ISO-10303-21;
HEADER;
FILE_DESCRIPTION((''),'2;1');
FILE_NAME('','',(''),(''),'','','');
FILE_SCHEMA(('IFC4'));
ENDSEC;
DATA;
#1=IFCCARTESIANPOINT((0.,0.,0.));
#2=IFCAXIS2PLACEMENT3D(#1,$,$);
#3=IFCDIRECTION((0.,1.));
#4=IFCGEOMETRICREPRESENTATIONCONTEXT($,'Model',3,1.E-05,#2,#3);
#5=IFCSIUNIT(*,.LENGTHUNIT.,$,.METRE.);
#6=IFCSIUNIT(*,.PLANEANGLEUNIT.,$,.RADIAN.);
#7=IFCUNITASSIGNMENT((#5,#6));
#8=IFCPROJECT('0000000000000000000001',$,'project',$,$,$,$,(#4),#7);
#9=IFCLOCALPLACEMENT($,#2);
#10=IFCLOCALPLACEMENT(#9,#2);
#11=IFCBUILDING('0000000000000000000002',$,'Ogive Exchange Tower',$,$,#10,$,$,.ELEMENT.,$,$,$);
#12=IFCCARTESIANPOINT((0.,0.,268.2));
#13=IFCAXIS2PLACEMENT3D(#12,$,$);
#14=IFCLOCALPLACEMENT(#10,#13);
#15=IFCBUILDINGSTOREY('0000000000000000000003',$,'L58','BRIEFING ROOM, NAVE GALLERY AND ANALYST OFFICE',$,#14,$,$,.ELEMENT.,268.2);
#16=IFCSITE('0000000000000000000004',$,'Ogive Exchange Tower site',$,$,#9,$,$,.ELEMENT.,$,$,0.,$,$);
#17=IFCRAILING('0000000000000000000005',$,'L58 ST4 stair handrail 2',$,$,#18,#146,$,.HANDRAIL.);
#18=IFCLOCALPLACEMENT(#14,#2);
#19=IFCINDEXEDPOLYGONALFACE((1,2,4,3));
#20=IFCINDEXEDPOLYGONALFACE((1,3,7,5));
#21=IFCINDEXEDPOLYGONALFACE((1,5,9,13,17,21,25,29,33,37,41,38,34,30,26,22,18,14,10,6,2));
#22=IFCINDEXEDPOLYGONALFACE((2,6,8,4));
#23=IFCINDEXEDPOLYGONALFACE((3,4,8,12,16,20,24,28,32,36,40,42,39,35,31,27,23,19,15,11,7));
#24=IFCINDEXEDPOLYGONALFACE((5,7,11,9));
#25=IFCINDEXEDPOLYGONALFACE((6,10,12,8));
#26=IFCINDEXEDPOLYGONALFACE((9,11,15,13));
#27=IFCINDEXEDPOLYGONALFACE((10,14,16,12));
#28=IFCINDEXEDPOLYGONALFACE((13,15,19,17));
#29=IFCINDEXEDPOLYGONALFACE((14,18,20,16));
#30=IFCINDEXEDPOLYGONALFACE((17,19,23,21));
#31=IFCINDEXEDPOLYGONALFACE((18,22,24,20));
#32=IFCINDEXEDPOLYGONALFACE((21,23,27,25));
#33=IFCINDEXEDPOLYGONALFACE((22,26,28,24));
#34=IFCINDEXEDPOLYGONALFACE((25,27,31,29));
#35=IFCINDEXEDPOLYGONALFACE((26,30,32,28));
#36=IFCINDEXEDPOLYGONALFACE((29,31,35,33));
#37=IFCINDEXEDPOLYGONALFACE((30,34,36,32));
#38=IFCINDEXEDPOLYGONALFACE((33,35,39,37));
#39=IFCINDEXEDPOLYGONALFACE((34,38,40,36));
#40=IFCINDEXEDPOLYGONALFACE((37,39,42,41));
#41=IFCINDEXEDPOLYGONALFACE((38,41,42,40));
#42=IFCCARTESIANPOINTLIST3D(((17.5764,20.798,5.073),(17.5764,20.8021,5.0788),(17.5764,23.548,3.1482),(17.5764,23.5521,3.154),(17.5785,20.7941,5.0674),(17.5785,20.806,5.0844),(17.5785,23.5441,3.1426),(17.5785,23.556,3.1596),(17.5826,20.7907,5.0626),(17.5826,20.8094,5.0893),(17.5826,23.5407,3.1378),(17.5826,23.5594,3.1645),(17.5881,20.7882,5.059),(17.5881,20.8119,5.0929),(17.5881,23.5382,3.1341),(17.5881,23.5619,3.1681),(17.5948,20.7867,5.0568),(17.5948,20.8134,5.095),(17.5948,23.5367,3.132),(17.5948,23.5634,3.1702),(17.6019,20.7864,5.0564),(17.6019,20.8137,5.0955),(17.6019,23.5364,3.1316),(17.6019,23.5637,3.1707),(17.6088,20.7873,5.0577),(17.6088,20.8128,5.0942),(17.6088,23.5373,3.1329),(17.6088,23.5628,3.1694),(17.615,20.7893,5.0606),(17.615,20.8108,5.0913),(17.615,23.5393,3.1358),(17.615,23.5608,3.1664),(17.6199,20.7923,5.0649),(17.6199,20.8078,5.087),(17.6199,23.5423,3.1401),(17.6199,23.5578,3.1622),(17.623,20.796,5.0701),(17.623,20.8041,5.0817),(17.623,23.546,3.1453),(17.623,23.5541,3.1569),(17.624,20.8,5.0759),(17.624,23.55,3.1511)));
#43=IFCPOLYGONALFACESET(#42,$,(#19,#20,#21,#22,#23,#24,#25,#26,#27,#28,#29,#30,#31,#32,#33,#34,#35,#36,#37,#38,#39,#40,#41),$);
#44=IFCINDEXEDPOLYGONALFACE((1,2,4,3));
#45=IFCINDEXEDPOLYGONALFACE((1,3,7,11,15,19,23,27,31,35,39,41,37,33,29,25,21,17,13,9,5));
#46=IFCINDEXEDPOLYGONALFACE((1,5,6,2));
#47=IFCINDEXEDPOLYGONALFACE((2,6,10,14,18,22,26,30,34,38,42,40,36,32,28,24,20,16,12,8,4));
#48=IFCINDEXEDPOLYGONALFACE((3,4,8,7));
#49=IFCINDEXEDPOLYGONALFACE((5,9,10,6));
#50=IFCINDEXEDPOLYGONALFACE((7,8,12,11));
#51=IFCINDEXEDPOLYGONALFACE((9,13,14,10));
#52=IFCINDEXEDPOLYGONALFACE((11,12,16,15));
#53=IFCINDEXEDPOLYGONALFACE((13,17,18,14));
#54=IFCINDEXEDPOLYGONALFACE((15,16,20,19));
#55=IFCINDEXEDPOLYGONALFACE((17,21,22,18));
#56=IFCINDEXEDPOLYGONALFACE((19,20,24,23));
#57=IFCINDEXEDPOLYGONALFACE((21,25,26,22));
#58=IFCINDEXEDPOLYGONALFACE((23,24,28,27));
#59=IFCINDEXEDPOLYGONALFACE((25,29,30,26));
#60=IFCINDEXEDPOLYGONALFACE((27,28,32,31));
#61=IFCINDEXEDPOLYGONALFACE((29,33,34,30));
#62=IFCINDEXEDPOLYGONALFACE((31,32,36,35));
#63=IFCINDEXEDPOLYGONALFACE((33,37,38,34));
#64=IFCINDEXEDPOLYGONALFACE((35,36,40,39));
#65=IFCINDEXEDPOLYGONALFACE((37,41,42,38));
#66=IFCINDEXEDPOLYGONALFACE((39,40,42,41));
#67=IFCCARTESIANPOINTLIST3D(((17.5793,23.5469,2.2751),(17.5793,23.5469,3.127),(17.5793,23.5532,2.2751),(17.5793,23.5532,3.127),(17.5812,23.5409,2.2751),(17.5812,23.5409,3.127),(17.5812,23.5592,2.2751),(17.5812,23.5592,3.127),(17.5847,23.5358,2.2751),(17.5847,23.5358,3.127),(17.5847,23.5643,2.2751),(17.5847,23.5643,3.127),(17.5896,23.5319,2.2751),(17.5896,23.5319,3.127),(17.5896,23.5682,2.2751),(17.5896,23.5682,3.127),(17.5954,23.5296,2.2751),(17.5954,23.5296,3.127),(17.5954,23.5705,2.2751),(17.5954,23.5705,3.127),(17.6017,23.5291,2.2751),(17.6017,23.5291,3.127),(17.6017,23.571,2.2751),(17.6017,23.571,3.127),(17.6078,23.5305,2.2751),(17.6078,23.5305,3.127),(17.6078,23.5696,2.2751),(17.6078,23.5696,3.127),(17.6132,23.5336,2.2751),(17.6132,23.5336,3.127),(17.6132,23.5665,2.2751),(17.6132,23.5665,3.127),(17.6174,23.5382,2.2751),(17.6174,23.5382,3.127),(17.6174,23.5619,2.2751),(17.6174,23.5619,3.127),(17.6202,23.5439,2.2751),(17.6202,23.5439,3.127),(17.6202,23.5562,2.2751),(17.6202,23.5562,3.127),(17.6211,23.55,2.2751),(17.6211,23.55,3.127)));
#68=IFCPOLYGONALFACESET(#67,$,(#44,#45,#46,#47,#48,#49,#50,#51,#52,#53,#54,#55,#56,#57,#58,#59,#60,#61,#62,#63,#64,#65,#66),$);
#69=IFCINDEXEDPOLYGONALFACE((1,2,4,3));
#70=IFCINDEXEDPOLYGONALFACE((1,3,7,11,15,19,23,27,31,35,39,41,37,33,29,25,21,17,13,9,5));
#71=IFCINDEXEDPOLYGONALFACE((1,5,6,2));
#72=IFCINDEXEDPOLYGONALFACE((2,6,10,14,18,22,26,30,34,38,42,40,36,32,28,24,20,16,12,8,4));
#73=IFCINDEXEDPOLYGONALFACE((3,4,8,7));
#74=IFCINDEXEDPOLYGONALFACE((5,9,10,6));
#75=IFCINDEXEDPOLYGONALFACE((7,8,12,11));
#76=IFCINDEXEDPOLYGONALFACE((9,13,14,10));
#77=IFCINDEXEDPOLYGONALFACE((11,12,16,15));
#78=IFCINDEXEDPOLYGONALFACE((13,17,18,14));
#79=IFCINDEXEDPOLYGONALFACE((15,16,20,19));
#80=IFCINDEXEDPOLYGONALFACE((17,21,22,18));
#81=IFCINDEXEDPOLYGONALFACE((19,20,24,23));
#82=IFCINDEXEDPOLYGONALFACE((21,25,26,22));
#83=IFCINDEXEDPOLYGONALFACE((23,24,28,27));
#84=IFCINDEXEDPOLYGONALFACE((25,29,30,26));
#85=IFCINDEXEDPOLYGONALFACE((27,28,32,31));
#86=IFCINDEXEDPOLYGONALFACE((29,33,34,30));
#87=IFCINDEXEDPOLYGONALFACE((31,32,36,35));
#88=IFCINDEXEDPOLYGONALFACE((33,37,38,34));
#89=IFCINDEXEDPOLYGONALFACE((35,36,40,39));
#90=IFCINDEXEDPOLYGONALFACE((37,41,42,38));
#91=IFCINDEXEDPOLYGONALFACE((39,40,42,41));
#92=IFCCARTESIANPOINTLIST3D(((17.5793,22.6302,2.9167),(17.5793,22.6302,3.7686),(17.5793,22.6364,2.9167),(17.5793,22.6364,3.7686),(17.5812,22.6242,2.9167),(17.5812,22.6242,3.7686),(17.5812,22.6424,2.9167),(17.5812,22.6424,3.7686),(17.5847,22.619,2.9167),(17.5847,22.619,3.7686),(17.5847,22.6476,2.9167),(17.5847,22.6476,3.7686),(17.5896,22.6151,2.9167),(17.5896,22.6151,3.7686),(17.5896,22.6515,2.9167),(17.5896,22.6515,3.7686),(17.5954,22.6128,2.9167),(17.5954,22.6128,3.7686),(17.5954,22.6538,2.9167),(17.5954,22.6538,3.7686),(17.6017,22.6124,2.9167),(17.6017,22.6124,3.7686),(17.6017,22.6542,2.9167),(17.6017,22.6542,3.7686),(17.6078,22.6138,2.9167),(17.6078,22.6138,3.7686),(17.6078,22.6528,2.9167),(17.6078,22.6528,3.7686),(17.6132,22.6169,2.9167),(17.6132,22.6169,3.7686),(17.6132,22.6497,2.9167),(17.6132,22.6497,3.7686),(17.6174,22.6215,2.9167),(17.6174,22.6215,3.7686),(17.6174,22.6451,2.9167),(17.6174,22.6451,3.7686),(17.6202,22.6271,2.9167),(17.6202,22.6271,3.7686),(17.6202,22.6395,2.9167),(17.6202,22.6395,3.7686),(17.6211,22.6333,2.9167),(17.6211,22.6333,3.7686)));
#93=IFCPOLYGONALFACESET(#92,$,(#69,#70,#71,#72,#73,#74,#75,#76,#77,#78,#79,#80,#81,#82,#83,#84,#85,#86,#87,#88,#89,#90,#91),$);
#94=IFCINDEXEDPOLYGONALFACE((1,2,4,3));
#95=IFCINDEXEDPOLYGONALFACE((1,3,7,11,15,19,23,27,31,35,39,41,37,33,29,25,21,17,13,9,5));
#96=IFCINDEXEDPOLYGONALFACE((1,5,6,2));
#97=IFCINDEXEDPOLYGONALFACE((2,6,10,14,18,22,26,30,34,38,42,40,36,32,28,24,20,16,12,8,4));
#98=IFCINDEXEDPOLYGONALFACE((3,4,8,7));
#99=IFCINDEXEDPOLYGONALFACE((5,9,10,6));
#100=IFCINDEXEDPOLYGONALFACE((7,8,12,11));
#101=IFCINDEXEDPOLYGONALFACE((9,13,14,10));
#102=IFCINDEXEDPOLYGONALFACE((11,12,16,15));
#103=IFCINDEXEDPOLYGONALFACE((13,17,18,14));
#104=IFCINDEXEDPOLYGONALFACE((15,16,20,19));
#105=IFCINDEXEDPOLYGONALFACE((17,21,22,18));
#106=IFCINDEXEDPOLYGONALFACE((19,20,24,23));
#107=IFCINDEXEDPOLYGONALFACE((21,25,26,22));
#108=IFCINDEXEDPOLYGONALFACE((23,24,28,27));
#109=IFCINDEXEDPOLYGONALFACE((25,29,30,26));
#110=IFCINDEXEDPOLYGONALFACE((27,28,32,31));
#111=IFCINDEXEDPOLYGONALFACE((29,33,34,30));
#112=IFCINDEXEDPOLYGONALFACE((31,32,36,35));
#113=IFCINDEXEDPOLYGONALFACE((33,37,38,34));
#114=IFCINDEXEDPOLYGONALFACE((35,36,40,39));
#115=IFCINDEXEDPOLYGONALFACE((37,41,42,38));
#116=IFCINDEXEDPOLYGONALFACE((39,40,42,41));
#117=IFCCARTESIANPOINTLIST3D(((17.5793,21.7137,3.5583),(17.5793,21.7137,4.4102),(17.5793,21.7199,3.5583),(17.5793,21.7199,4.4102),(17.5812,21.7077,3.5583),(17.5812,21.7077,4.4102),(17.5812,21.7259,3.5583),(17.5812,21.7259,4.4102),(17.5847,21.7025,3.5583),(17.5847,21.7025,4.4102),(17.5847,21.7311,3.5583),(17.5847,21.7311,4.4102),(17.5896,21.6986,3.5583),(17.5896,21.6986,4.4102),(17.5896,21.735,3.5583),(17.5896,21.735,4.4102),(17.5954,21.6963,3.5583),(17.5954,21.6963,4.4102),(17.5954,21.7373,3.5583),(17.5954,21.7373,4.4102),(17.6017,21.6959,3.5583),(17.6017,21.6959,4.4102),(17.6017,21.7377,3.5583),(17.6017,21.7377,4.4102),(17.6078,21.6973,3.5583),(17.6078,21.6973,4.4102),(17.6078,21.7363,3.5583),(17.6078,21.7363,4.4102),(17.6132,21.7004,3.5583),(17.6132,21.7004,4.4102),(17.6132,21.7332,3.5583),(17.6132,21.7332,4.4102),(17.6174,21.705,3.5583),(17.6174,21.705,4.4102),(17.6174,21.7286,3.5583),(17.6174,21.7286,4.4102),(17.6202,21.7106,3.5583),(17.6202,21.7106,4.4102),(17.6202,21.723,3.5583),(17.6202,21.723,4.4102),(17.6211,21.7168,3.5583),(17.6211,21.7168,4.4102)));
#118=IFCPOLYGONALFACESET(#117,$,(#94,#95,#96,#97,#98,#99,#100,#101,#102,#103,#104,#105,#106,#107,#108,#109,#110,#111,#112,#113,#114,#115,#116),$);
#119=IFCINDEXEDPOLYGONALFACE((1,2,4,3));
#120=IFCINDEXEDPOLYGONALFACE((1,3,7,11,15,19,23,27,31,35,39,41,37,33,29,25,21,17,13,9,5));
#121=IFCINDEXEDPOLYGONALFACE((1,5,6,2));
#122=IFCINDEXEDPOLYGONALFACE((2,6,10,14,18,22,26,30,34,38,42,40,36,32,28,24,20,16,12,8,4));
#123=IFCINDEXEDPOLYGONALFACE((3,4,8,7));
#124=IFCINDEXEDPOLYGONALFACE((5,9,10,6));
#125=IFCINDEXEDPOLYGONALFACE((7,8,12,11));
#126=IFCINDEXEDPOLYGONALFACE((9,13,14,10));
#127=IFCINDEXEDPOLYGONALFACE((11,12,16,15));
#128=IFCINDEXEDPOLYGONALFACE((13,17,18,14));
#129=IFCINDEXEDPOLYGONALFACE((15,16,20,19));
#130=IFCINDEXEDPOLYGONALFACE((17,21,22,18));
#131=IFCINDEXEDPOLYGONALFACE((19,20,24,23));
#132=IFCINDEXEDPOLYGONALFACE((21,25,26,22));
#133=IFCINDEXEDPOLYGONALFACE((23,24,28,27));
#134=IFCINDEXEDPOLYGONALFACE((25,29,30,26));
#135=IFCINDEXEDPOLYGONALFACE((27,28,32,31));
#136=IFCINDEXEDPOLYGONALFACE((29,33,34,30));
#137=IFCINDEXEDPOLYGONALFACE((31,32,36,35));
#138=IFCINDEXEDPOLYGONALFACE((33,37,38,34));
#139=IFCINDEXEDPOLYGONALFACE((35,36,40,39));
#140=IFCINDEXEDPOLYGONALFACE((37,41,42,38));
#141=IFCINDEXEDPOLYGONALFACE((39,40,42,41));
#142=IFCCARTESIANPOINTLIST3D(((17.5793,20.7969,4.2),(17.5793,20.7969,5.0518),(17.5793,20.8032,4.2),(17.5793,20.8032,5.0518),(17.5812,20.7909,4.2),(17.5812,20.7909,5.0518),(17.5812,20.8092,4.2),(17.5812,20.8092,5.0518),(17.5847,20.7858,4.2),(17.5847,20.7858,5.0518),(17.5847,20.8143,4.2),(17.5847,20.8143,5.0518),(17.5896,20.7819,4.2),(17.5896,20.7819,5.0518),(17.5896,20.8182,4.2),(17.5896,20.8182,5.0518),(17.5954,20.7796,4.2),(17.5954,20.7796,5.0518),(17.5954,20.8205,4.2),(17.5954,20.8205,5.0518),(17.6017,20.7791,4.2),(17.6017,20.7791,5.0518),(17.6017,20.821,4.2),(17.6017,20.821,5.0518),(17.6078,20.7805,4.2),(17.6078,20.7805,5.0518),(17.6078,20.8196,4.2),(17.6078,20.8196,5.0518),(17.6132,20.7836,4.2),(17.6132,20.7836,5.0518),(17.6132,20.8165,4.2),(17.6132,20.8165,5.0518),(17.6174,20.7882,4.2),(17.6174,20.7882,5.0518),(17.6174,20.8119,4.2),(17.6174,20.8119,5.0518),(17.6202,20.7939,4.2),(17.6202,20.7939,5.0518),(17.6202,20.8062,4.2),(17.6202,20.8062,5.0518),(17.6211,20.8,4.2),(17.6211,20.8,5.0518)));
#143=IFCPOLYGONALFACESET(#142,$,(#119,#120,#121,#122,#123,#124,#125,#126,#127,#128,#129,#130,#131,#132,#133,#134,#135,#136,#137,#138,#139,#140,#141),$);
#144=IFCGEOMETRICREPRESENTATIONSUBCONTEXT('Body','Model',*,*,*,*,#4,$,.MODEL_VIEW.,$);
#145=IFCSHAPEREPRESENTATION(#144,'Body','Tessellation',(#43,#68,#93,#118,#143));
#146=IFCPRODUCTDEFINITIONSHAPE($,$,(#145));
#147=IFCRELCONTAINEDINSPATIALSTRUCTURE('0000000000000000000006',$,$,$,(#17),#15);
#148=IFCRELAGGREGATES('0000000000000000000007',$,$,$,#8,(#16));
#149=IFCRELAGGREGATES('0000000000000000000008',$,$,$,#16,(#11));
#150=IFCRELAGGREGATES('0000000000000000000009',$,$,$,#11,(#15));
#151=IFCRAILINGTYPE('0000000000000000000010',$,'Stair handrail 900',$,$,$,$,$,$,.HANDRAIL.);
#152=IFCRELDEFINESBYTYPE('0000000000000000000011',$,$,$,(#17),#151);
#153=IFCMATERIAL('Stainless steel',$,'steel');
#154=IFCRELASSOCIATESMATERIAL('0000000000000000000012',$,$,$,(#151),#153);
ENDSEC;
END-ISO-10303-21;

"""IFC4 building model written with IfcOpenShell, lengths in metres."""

from ifc_helpers import new_model, si_unit, direction, frame, origin, origin_2d, place, context, subcontext, project, spatial, circle, extrude, material, type_object, element, save


model = new_model("IFC4")

# Units and contexts
model_context = context("Model", 3, precision=1e-05, world=origin(), true_north=direction((0.0, 1.0)))
body_context = subcontext(model_context, "Body", "Model", "MODEL_VIEW")
ifc_project = project(units=[si_unit("LENGTHUNIT", "METRE"), si_unit("PLANEANGLEUNIT", "RADIAN")], contexts=[model_context])

# Site, building, storey
site_placement = place(None, origin())
site = spatial("IfcSite", under=ifc_project, at=site_placement, Name="Ogive Exchange Tower site", CompositionType="ELEMENT", RefElevation=0.0)
building_placement = place(site_placement, origin())
building = spatial("IfcBuilding", under=site, at=building_placement, Name="Ogive Exchange Tower", CompositionType="ELEMENT")
storey_placement = place(building_placement, frame((0.0, 0.0, 268.2)))
storey = spatial("IfcBuildingStorey", under=building, at=storey_placement, Name="L58", Description="BRIEFING ROOM, NAVE GALLERY AND ANALYST OFFICE", CompositionType="ELEMENT", Elevation=268.2)

# Railing
ifc_material_1 = material(Name="Stainless steel", Category="steel")
railing_type = type_object("IfcRailingType", Name="Stair handrail 900", PredefinedType="HANDRAIL", material=ifc_material_1)
railing_placement = place(storey_placement, frame((17.6001, 23.55, 2.2751)))
element("IfcRailing", 1, at=railing_placement, inside=storey, type_object=railing_type, Name="L58 ST4 stair handrail 2", PredefinedType="HANDRAIL", context=body_context, shape_type="SweptSolid", body=[
    extrude(circle(Radius=0.0239, at=origin_2d()), frame((0.0, 0.0, 0.876), z_axis=(0.0, -0.819259, 0.573423), x_axis=(1.0, 0.0, 0.0)), (0.0, 0.0, 1.0), 3.3567),
    extrude(circle(Radius=0.021, at=origin_2d()), origin(), (0.0, 0.0, 1.0), 0.8518),
    extrude(circle(Radius=0.021, at=origin_2d()), frame((0.0, -0.9167, 0.6416)), (0.0, 0.0, 1.0), 0.8518),
    extrude(circle(Radius=0.021, at=origin_2d()), frame((0.0, -1.8333, 1.2832)), (0.0, 0.0, 1.0), 0.8518),
    extrude(circle(Radius=0.021, at=origin_2d()), frame((0.0, -2.75, 1.9248)), (0.0, 0.0, 1.0), 0.8518),
])

save(model, "model.ifc")
